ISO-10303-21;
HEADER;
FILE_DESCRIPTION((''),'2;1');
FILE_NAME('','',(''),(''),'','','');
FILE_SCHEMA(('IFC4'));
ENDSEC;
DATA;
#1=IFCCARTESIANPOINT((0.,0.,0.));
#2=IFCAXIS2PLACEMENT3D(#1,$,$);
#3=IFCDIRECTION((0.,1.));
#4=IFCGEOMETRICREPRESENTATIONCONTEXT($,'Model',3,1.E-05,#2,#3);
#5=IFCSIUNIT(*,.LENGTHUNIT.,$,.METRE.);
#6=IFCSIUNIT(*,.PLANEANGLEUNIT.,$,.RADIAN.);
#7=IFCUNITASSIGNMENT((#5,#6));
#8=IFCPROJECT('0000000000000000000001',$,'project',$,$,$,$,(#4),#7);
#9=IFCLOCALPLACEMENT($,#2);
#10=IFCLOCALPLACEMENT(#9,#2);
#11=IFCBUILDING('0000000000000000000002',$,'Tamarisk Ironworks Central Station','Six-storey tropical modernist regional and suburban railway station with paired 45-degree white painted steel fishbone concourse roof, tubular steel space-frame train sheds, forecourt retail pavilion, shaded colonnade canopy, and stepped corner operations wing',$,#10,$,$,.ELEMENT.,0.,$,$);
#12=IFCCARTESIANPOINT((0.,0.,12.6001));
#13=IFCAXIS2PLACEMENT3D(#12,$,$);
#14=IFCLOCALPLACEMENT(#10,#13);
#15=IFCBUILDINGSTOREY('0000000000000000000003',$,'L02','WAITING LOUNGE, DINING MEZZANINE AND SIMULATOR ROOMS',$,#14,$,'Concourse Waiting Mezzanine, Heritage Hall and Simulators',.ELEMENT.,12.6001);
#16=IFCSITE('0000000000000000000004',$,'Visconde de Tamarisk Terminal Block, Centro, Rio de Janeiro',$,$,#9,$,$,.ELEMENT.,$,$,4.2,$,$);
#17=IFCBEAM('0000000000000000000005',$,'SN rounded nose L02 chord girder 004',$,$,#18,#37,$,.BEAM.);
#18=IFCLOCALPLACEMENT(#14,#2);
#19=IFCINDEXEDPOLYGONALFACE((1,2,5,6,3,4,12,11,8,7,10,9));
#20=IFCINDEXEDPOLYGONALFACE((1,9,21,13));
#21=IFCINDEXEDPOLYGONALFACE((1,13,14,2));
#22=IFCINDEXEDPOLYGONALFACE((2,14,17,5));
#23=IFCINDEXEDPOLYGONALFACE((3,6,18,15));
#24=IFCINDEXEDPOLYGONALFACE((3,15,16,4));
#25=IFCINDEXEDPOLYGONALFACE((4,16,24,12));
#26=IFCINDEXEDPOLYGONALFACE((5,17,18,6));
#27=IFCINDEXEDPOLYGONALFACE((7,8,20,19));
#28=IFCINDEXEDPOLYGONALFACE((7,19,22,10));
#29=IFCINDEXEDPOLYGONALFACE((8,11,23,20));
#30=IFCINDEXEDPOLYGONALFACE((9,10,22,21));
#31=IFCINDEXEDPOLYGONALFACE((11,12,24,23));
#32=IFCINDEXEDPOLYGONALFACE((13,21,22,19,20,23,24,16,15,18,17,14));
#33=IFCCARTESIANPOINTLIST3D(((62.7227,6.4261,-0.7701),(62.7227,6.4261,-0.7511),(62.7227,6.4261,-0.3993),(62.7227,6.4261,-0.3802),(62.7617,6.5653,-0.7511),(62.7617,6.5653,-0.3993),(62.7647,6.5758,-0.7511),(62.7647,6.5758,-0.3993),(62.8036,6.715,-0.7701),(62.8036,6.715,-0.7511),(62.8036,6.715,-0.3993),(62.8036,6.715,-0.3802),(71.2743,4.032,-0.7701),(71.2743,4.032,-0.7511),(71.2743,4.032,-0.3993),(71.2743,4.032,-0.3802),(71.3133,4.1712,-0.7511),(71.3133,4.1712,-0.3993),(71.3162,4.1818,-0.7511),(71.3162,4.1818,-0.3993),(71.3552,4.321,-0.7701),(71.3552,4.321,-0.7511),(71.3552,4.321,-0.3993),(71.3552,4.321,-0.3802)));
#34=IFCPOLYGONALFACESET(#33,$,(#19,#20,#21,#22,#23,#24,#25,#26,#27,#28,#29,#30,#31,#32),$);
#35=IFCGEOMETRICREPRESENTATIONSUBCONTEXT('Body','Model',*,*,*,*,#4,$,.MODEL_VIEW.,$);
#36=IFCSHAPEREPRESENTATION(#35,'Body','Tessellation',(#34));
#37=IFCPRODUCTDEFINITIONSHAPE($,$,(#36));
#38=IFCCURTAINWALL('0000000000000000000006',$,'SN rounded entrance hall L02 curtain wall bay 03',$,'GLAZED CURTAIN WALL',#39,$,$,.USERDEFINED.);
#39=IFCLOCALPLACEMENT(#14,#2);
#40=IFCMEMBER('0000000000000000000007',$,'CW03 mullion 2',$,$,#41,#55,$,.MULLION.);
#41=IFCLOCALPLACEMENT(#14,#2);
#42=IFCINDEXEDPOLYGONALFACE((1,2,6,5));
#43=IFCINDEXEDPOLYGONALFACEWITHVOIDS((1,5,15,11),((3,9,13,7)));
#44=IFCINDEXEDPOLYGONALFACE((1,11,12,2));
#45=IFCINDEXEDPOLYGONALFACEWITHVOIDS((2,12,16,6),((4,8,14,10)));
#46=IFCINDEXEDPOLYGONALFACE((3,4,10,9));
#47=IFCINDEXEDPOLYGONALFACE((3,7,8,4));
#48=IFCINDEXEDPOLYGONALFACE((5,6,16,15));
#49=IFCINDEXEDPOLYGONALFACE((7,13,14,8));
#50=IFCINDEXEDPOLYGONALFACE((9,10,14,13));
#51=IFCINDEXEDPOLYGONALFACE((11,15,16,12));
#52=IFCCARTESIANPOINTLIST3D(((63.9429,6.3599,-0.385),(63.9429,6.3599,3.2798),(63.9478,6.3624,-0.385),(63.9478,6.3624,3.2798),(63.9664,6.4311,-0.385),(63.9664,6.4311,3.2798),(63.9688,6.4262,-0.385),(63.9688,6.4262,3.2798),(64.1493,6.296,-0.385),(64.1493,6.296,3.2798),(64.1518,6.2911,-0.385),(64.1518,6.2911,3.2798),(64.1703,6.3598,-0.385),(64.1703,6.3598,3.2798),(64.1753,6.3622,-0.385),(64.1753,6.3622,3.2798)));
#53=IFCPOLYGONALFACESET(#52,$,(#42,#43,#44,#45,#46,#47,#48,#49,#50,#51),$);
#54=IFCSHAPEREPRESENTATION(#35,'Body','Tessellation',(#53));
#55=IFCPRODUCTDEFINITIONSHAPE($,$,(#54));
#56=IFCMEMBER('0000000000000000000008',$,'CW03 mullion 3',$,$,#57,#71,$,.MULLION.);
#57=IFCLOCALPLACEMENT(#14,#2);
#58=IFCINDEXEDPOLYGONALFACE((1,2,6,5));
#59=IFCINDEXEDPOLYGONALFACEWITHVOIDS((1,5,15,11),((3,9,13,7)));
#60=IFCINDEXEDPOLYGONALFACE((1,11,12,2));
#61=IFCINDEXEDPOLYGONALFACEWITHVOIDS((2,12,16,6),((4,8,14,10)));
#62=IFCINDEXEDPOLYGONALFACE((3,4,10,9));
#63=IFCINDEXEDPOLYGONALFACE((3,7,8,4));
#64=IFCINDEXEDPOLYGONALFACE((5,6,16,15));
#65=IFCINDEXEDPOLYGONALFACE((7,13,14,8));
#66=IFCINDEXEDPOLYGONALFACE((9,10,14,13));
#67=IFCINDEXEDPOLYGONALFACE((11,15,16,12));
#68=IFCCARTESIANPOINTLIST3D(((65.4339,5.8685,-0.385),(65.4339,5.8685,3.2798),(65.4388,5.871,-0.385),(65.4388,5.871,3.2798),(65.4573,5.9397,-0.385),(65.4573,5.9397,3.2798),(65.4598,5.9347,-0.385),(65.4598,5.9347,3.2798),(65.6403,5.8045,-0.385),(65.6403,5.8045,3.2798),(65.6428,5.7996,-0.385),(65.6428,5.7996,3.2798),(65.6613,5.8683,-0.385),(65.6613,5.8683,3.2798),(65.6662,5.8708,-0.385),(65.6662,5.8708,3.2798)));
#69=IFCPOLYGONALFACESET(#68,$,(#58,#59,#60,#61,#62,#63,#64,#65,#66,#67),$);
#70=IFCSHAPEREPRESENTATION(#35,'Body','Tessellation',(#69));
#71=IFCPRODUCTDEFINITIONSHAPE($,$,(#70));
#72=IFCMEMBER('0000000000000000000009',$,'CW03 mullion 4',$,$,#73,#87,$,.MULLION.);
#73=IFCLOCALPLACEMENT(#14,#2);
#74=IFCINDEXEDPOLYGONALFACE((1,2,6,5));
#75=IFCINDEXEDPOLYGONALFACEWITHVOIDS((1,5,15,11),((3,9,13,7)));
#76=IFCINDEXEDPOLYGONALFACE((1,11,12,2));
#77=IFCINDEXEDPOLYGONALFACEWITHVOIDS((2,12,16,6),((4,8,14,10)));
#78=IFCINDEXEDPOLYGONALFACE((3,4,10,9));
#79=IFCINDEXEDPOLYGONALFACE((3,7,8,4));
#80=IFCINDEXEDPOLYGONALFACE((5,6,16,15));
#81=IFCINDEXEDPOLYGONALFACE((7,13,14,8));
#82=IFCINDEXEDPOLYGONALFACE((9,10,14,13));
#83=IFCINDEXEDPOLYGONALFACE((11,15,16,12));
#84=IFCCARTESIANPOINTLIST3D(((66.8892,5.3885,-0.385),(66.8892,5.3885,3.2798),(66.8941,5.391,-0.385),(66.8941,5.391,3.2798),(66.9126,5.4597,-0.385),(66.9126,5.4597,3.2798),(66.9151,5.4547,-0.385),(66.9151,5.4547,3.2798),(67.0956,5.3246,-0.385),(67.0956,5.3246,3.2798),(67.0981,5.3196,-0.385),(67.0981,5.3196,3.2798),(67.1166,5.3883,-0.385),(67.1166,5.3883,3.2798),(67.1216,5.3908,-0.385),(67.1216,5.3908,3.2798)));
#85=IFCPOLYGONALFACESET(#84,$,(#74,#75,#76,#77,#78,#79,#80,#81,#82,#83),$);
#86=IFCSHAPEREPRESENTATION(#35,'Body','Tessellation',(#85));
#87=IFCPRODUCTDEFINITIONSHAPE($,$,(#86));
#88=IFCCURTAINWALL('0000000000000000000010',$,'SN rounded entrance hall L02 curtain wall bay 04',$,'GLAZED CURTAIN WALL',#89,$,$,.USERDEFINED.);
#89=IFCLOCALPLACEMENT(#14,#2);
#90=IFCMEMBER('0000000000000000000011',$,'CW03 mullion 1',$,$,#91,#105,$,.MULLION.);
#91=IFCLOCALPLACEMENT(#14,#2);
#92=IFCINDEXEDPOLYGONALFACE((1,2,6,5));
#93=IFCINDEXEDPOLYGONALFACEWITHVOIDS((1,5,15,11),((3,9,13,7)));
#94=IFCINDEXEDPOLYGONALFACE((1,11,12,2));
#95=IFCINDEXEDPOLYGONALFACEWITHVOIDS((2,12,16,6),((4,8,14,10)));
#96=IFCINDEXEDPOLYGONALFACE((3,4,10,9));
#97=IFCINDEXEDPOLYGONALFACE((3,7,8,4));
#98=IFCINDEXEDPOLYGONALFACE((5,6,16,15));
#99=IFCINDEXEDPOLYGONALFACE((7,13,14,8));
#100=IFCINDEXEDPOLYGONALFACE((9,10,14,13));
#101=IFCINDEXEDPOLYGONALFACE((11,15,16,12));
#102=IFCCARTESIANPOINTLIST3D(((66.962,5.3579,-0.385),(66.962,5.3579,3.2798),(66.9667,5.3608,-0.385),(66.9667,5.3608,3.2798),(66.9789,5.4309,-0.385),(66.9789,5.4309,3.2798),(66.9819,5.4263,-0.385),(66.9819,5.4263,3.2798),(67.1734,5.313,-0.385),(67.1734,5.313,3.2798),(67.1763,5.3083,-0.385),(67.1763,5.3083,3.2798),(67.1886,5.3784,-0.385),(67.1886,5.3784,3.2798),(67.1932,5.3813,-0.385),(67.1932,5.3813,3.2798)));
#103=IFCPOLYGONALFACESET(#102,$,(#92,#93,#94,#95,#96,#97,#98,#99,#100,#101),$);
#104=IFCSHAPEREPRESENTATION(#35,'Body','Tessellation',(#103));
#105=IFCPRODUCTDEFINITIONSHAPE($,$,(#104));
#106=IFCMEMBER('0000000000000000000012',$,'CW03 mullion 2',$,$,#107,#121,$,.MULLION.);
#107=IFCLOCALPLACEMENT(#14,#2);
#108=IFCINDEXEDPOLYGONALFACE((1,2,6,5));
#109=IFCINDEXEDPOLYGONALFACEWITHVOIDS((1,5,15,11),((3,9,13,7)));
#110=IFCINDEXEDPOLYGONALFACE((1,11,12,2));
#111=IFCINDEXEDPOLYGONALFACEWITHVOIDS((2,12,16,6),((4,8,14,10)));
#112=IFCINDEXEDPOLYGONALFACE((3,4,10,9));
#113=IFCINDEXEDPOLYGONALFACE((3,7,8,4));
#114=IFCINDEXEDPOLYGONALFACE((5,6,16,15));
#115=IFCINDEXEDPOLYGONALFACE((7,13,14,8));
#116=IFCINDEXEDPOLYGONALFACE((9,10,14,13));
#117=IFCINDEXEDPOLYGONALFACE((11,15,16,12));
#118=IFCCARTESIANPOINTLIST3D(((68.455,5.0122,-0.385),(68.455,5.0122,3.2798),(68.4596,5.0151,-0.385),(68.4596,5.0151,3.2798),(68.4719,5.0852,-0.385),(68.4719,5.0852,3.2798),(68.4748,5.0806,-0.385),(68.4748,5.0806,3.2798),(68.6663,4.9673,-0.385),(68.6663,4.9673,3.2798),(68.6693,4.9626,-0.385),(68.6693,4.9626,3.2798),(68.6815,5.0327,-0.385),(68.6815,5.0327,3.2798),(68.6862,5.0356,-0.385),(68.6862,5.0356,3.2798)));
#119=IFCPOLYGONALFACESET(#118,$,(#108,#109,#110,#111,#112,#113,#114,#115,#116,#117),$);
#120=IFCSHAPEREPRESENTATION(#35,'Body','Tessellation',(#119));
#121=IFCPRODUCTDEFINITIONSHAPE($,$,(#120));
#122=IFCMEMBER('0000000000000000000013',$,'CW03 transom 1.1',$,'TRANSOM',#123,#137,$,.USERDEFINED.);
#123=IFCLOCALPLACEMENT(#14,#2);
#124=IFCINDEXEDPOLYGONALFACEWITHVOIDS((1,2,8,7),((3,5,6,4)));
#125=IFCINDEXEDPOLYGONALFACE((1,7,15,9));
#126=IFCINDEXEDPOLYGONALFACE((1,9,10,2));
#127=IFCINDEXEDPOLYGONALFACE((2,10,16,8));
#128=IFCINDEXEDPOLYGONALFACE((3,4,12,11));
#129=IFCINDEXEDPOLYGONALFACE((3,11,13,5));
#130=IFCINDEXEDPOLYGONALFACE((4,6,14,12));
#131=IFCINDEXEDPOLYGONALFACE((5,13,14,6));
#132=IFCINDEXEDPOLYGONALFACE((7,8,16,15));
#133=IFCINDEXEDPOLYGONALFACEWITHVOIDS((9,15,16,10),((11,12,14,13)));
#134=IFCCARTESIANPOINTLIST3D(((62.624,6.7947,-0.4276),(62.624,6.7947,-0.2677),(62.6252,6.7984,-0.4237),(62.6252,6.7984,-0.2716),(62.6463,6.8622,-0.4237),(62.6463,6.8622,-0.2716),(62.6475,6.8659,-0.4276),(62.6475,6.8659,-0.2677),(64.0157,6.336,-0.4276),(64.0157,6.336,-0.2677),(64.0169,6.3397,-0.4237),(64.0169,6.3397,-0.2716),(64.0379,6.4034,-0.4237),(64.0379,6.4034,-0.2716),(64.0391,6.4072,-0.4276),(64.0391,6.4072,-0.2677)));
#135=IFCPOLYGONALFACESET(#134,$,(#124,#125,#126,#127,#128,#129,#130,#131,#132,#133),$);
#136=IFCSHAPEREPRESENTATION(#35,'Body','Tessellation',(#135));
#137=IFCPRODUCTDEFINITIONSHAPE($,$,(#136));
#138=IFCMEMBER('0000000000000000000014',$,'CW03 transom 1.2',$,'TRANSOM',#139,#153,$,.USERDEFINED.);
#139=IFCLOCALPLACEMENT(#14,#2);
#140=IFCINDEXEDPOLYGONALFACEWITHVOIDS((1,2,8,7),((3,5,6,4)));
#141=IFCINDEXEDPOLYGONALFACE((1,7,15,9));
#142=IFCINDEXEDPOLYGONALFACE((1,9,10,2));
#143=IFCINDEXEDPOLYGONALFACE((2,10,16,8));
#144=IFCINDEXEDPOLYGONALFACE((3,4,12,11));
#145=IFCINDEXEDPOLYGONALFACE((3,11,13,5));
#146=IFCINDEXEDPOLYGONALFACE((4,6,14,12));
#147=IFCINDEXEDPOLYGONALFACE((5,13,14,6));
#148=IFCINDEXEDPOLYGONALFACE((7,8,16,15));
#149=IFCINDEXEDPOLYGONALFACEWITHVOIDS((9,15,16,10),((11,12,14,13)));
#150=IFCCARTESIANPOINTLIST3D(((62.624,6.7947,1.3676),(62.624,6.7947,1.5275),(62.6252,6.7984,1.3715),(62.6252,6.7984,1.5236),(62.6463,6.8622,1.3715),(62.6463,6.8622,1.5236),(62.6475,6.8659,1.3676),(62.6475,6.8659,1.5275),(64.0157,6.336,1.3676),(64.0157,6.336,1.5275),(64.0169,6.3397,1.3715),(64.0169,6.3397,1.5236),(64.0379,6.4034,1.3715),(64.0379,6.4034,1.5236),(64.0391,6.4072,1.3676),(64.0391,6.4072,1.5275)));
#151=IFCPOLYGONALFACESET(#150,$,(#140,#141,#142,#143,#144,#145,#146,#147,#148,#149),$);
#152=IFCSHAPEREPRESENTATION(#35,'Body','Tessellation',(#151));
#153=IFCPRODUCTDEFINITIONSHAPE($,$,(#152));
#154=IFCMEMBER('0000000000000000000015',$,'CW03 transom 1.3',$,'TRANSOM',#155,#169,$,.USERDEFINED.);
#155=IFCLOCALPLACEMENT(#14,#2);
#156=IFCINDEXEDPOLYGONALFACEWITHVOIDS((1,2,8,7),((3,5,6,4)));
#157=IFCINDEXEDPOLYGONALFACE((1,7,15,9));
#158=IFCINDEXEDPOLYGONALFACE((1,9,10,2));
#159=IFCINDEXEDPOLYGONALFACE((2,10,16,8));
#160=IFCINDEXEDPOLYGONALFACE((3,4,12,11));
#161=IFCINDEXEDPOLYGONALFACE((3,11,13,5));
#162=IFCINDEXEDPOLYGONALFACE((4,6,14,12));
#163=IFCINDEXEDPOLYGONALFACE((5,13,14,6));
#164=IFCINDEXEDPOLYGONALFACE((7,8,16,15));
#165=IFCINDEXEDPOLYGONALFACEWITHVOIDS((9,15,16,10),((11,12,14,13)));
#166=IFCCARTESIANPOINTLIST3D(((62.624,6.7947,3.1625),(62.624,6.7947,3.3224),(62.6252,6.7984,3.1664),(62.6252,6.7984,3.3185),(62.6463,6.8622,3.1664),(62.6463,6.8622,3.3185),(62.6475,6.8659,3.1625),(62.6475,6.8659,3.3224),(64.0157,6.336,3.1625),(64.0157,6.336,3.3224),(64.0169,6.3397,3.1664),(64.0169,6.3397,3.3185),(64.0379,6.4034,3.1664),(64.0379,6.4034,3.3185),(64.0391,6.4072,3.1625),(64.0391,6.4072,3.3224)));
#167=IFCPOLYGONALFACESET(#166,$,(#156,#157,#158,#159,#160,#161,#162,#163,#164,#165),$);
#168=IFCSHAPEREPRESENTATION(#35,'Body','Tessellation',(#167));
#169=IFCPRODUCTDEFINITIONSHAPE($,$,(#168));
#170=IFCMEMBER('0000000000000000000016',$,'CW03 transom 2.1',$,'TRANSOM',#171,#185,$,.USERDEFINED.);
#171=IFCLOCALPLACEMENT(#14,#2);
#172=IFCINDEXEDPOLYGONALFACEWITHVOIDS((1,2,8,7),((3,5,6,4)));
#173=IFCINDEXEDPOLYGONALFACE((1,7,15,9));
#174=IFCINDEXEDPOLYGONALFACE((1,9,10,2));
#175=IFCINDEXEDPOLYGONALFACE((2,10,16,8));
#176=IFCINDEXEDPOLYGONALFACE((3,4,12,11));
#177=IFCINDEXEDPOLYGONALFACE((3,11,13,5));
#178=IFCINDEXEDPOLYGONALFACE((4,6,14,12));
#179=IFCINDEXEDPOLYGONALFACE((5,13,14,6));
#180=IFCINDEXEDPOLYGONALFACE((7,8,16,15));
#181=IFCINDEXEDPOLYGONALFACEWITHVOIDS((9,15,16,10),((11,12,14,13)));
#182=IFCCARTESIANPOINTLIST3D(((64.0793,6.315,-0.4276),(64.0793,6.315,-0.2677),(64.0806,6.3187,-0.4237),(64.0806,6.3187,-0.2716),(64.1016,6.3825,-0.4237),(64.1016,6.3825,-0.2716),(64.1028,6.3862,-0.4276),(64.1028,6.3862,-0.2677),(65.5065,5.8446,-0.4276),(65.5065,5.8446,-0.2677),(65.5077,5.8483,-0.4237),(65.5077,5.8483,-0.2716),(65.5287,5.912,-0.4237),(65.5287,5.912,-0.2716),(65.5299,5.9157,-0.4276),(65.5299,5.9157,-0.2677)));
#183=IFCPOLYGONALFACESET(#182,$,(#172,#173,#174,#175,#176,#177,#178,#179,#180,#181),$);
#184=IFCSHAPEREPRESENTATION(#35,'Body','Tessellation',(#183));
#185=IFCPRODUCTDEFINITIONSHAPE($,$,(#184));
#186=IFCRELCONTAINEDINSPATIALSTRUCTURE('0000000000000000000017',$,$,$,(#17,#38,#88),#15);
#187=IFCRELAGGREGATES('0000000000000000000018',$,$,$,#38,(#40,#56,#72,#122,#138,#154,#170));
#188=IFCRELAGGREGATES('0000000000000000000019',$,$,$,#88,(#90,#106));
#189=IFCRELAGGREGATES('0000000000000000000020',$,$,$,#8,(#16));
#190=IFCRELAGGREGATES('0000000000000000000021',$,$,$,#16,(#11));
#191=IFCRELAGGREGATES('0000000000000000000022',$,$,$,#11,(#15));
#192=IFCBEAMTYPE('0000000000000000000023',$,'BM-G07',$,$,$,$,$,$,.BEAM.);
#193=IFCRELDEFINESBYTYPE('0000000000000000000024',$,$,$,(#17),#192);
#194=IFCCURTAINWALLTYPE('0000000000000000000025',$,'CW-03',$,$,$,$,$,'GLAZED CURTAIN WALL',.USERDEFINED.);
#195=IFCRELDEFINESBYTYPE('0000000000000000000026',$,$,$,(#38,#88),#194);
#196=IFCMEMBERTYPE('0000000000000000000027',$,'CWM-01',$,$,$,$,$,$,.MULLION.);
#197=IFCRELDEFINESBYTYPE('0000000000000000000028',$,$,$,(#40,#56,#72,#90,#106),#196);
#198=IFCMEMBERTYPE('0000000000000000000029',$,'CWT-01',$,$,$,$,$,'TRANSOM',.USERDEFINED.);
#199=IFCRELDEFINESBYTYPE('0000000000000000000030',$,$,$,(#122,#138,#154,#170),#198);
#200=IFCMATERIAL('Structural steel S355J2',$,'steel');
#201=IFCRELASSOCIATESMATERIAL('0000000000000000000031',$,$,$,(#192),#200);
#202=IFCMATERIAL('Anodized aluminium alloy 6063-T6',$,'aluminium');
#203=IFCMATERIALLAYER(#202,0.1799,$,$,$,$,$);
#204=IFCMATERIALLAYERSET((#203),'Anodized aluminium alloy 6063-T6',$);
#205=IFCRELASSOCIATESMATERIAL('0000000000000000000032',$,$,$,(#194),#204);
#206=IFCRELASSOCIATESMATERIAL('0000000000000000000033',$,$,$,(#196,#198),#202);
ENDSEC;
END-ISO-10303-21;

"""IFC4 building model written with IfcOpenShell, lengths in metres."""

from ifc_helpers import new_model, si_unit, direction, frame, origin, origin_2d, place, context, subcontext, project, spatial, hollow_rectangle, i_section, extrude, material, layer, layer_set, material_profile, profile_set, type_object, element, aggregate, save


model = new_model("IFC4")

# Units and contexts
model_context = context("Model", 3, precision=1e-05, world=origin(), true_north=direction((0.0, 1.0)))
body_context = subcontext(model_context, "Body", "Model", "MODEL_VIEW")
ifc_project = project(units=[si_unit("LENGTHUNIT", "METRE"), si_unit("PLANEANGLEUNIT", "RADIAN")], contexts=[model_context])

# Site, building, storey
site_placement = place(None, origin())
site = spatial("IfcSite", under=ifc_project, at=site_placement, Name="Visconde de Tamarisk Terminal Block, Centro, Rio de Janeiro", CompositionType="ELEMENT", RefElevation=4.2)
building_placement = place(site_placement, origin())
building = spatial("IfcBuilding", under=site, at=building_placement, Name="Tamarisk Ironworks Central Station", Description="Six-storey tropical modernist regional and suburban railway station with paired 45-degree white painted steel fishbone concourse roof, tubular steel space-frame train sheds, forecourt retail pavilion, shaded colonnade canopy, and stepped corner operations wing", CompositionType="ELEMENT", ElevationOfRefHeight=0.0)
storey_placement = place(building_placement, frame((0.0, 0.0, 12.6001)))
storey = spatial("IfcBuildingStorey", under=building, at=storey_placement, Name="L02", Description="WAITING LOUNGE, DINING MEZZANINE AND SIMULATOR ROOMS", LongName="Concourse Waiting Mezzanine, Heritage Hall and Simulators", CompositionType="ELEMENT", Elevation=12.6001)

# Beam
ifc_material_1 = material(Name="Structural steel S355J2", Category="steel")
ifc_material_profile_1 = material_profile(ifc_material_1, i_section(OverallWidth=0.3, OverallDepth=0.3899, WebThickness=0.011, FlangeThickness=0.019, at=origin_2d()), Name="HEA 400")
ifc_profile_set_1 = profile_set([ifc_material_profile_1], Name="Structural steel S355J2")
beam_type = type_object("IfcBeamType", Name="BM-G07", PredefinedType="BEAM", material=ifc_profile_set_1)
beam_placement = place(storey_placement, frame((62.7632, 6.5706, -0.5752), z_axis=(0.962975, -0.26959, 0.0), x_axis=(0.26959, 0.962975, 0.0)))
element("IfcBeam", 1, at=beam_placement, inside=storey, type_object=beam_type, Name="SN rounded nose L02 chord girder 004", PredefinedType="BEAM", context=body_context, shape_type="SweptSolid", body=[
    extrude(i_section(OverallWidth=0.3, OverallDepth=0.3899, WebThickness=0.011, FlangeThickness=0.019, at=origin_2d()), origin(), (0.0, 0.0, 1.0), 8.8804),
])

# Curtain walls, members
ifc_material_2 = material(Name="Anodized aluminium alloy 6063-T6", Category="aluminium")
ifc_layer_1 = layer(ifc_material_2, 0.1799)
ifc_layer_set_1 = layer_set([ifc_layer_1], Name="Anodized aluminium alloy 6063-T6")
curtain_wall_type = type_object("IfcCurtainWallType", Name="CW-03", ElementType="GLAZED CURTAIN WALL", PredefinedType="USERDEFINED", material=ifc_layer_set_1)
curtain_wall_1_placement = place(storey_placement, origin())
curtain_wall_1 = element("IfcCurtainWall", 2, at=curtain_wall_1_placement, inside=storey, type_object=curtain_wall_type, Name="SN rounded entrance hall L02 curtain wall bay 03", ObjectType="GLAZED CURTAIN WALL", PredefinedType="USERDEFINED")
ifc_material_profile_2 = material_profile(ifc_material_2, hollow_rectangle(XDim=0.075, YDim=0.22, WallThickness=0.0039, at=origin_2d()), Name="ALUM 220x75")
ifc_profile_set_2 = profile_set([ifc_material_profile_2], Name="Anodized aluminium alloy 6063-T6")
member_type_1 = type_object("IfcMemberType", Name="CWM-01", PredefinedType="MULLION", material=ifc_profile_set_2)
member_1_placement = place(storey_placement, frame((64.0591, 6.3611, -0.385), z_axis=(0.0, 0.0, 1.0), x_axis=(0.313098, 0.949721, 0.0)))
member_1 = element("IfcMember", 3, at=member_1_placement, type_object=member_type_1, Name="CW03 mullion 2", PredefinedType="MULLION", context=body_context, shape_type="SweptSolid", body=[
    extrude(hollow_rectangle(XDim=0.075, YDim=0.22, WallThickness=0.0039, at=origin_2d()), origin(), (0.0, 0.0, 1.0), 3.6648),
])
member_2_placement = place(storey_placement, frame((65.55, 5.8696, -0.385), z_axis=(0.0, 0.0, 1.0), x_axis=(0.313098, 0.949721, 0.0)))
member_2 = element("IfcMember", 4, at=member_2_placement, type_object=member_type_1, Name="CW03 mullion 3", PredefinedType="MULLION", context=body_context, shape_type="SweptSolid", body=[
    extrude(hollow_rectangle(XDim=0.075, YDim=0.22, WallThickness=0.0039, at=origin_2d()), origin(), (0.0, 0.0, 1.0), 3.6648),
])
member_3_placement = place(storey_placement, frame((67.0054, 5.3896, -0.385), z_axis=(0.0, 0.0, 1.0), x_axis=(0.313098, 0.949721, 0.0)))
member_3 = element("IfcMember", 5, at=member_3_placement, type_object=member_type_1, Name="CW03 mullion 4", PredefinedType="MULLION", context=body_context, shape_type="SweptSolid", body=[
    extrude(hollow_rectangle(XDim=0.075, YDim=0.22, WallThickness=0.0039, at=origin_2d()), origin(), (0.0, 0.0, 1.0), 3.6648),
])
curtain_wall_2_placement = place(storey_placement, origin())
curtain_wall_2 = element("IfcCurtainWall", 6, at=curtain_wall_2_placement, inside=storey, type_object=curtain_wall_type, Name="SN rounded entrance hall L02 curtain wall bay 04", ObjectType="GLAZED CURTAIN WALL", PredefinedType="USERDEFINED")
member_4_placement = place(storey_placement, frame((67.0776, 5.3696, -0.385), z_axis=(0.0, 0.0, 1.0), x_axis=(0.225517, 0.974239, 0.0)))
member_4 = element("IfcMember", 7, at=member_4_placement, type_object=member_type_1, Name="CW03 mullion 1", PredefinedType="MULLION", context=body_context, shape_type="SweptSolid", body=[
    extrude(hollow_rectangle(XDim=0.075, YDim=0.22, WallThickness=0.0039, at=origin_2d()), origin(), (0.0, 0.0, 1.0), 3.6648),
])
member_5_placement = place(storey_placement, frame((68.5706, 5.0239, -0.385), z_axis=(0.0, 0.0, 1.0), x_axis=(0.225517, 0.974239, 0.0)))
member_5 = element("IfcMember", 8, at=member_5_placement, type_object=member_type_1, Name="CW03 mullion 2", PredefinedType="MULLION", context=body_context, shape_type="SweptSolid", body=[
    extrude(hollow_rectangle(XDim=0.075, YDim=0.22, WallThickness=0.0039, at=origin_2d()), origin(), (0.0, 0.0, 1.0), 3.6648),
])

# Members
ifc_material_profile_3 = material_profile(ifc_material_2, hollow_rectangle(XDim=0.075, YDim=0.1599, WallThickness=0.0039, at=origin_2d()), Name="ALUM 160x75")
ifc_profile_set_3 = profile_set([ifc_material_profile_3], Name="Anodized aluminium alloy 6063-T6")
member_type_2 = type_object("IfcMemberType", Name="CWT-01", ElementType="TRANSOM", PredefinedType="USERDEFINED", material=ifc_profile_set_3)
member_6_placement = place(storey_placement, frame((62.6357, 6.8303, -0.3477), z_axis=(0.949728, -0.313077, 0.0), x_axis=(0.313077, 0.949728, 0.0)))
member_6 = element("IfcMember", 9, at=member_6_placement, type_object=member_type_2, Name="CW03 transom 1.1", ObjectType="TRANSOM", PredefinedType="USERDEFINED", context=body_context, shape_type="SweptSolid", body=[
    extrude(hollow_rectangle(XDim=0.075, YDim=0.1599, WallThickness=0.0039, at=origin_2d()), origin(), (0.0, 0.0, 1.0), 1.4653),
])
member_7_placement = place(storey_placement, frame((62.6357, 6.8303, 1.4475), z_axis=(0.949728, -0.313077, 0.0), x_axis=(0.313077, 0.949728, 0.0)))
member_7 = element("IfcMember", 10, at=member_7_placement, type_object=member_type_2, Name="CW03 transom 1.2", ObjectType="TRANSOM", PredefinedType="USERDEFINED", context=body_context, shape_type="SweptSolid", body=[
    extrude(hollow_rectangle(XDim=0.075, YDim=0.1599, WallThickness=0.0039, at=origin_2d()), origin(), (0.0, 0.0, 1.0), 1.4653),
])
member_8_placement = place(storey_placement, frame((62.6357, 6.8303, 3.2424), z_axis=(0.949728, -0.313077, 0.0), x_axis=(0.313077, 0.949728, 0.0)))
member_8 = element("IfcMember", 11, at=member_8_placement, type_object=member_type_2, Name="CW03 transom 1.3", ObjectType="TRANSOM", PredefinedType="USERDEFINED", context=body_context, shape_type="SweptSolid", body=[
    extrude(hollow_rectangle(XDim=0.075, YDim=0.1599, WallThickness=0.0039, at=origin_2d()), origin(), (0.0, 0.0, 1.0), 1.4653),
])
member_9_placement = place(storey_placement, frame((64.0911, 6.3506, -0.3477), z_axis=(0.949734, -0.313058, 0.0), x_axis=(0.313058, 0.949734, 0.0)))
member_9 = element("IfcMember", 12, at=member_9_placement, type_object=member_type_2, Name="CW03 transom 2.1", ObjectType="TRANSOM", PredefinedType="USERDEFINED", context=body_context, shape_type="SweptSolid", body=[
    extrude(hollow_rectangle(XDim=0.075, YDim=0.1599, WallThickness=0.0039, at=origin_2d()), origin(), (0.0, 0.0, 1.0), 1.5027),
])

aggregate(curtain_wall_1, [member_1, member_2, member_3, member_6, member_7, member_8, member_9])
aggregate(curtain_wall_2, [member_4, member_5])

save(model, "model.ifc")
